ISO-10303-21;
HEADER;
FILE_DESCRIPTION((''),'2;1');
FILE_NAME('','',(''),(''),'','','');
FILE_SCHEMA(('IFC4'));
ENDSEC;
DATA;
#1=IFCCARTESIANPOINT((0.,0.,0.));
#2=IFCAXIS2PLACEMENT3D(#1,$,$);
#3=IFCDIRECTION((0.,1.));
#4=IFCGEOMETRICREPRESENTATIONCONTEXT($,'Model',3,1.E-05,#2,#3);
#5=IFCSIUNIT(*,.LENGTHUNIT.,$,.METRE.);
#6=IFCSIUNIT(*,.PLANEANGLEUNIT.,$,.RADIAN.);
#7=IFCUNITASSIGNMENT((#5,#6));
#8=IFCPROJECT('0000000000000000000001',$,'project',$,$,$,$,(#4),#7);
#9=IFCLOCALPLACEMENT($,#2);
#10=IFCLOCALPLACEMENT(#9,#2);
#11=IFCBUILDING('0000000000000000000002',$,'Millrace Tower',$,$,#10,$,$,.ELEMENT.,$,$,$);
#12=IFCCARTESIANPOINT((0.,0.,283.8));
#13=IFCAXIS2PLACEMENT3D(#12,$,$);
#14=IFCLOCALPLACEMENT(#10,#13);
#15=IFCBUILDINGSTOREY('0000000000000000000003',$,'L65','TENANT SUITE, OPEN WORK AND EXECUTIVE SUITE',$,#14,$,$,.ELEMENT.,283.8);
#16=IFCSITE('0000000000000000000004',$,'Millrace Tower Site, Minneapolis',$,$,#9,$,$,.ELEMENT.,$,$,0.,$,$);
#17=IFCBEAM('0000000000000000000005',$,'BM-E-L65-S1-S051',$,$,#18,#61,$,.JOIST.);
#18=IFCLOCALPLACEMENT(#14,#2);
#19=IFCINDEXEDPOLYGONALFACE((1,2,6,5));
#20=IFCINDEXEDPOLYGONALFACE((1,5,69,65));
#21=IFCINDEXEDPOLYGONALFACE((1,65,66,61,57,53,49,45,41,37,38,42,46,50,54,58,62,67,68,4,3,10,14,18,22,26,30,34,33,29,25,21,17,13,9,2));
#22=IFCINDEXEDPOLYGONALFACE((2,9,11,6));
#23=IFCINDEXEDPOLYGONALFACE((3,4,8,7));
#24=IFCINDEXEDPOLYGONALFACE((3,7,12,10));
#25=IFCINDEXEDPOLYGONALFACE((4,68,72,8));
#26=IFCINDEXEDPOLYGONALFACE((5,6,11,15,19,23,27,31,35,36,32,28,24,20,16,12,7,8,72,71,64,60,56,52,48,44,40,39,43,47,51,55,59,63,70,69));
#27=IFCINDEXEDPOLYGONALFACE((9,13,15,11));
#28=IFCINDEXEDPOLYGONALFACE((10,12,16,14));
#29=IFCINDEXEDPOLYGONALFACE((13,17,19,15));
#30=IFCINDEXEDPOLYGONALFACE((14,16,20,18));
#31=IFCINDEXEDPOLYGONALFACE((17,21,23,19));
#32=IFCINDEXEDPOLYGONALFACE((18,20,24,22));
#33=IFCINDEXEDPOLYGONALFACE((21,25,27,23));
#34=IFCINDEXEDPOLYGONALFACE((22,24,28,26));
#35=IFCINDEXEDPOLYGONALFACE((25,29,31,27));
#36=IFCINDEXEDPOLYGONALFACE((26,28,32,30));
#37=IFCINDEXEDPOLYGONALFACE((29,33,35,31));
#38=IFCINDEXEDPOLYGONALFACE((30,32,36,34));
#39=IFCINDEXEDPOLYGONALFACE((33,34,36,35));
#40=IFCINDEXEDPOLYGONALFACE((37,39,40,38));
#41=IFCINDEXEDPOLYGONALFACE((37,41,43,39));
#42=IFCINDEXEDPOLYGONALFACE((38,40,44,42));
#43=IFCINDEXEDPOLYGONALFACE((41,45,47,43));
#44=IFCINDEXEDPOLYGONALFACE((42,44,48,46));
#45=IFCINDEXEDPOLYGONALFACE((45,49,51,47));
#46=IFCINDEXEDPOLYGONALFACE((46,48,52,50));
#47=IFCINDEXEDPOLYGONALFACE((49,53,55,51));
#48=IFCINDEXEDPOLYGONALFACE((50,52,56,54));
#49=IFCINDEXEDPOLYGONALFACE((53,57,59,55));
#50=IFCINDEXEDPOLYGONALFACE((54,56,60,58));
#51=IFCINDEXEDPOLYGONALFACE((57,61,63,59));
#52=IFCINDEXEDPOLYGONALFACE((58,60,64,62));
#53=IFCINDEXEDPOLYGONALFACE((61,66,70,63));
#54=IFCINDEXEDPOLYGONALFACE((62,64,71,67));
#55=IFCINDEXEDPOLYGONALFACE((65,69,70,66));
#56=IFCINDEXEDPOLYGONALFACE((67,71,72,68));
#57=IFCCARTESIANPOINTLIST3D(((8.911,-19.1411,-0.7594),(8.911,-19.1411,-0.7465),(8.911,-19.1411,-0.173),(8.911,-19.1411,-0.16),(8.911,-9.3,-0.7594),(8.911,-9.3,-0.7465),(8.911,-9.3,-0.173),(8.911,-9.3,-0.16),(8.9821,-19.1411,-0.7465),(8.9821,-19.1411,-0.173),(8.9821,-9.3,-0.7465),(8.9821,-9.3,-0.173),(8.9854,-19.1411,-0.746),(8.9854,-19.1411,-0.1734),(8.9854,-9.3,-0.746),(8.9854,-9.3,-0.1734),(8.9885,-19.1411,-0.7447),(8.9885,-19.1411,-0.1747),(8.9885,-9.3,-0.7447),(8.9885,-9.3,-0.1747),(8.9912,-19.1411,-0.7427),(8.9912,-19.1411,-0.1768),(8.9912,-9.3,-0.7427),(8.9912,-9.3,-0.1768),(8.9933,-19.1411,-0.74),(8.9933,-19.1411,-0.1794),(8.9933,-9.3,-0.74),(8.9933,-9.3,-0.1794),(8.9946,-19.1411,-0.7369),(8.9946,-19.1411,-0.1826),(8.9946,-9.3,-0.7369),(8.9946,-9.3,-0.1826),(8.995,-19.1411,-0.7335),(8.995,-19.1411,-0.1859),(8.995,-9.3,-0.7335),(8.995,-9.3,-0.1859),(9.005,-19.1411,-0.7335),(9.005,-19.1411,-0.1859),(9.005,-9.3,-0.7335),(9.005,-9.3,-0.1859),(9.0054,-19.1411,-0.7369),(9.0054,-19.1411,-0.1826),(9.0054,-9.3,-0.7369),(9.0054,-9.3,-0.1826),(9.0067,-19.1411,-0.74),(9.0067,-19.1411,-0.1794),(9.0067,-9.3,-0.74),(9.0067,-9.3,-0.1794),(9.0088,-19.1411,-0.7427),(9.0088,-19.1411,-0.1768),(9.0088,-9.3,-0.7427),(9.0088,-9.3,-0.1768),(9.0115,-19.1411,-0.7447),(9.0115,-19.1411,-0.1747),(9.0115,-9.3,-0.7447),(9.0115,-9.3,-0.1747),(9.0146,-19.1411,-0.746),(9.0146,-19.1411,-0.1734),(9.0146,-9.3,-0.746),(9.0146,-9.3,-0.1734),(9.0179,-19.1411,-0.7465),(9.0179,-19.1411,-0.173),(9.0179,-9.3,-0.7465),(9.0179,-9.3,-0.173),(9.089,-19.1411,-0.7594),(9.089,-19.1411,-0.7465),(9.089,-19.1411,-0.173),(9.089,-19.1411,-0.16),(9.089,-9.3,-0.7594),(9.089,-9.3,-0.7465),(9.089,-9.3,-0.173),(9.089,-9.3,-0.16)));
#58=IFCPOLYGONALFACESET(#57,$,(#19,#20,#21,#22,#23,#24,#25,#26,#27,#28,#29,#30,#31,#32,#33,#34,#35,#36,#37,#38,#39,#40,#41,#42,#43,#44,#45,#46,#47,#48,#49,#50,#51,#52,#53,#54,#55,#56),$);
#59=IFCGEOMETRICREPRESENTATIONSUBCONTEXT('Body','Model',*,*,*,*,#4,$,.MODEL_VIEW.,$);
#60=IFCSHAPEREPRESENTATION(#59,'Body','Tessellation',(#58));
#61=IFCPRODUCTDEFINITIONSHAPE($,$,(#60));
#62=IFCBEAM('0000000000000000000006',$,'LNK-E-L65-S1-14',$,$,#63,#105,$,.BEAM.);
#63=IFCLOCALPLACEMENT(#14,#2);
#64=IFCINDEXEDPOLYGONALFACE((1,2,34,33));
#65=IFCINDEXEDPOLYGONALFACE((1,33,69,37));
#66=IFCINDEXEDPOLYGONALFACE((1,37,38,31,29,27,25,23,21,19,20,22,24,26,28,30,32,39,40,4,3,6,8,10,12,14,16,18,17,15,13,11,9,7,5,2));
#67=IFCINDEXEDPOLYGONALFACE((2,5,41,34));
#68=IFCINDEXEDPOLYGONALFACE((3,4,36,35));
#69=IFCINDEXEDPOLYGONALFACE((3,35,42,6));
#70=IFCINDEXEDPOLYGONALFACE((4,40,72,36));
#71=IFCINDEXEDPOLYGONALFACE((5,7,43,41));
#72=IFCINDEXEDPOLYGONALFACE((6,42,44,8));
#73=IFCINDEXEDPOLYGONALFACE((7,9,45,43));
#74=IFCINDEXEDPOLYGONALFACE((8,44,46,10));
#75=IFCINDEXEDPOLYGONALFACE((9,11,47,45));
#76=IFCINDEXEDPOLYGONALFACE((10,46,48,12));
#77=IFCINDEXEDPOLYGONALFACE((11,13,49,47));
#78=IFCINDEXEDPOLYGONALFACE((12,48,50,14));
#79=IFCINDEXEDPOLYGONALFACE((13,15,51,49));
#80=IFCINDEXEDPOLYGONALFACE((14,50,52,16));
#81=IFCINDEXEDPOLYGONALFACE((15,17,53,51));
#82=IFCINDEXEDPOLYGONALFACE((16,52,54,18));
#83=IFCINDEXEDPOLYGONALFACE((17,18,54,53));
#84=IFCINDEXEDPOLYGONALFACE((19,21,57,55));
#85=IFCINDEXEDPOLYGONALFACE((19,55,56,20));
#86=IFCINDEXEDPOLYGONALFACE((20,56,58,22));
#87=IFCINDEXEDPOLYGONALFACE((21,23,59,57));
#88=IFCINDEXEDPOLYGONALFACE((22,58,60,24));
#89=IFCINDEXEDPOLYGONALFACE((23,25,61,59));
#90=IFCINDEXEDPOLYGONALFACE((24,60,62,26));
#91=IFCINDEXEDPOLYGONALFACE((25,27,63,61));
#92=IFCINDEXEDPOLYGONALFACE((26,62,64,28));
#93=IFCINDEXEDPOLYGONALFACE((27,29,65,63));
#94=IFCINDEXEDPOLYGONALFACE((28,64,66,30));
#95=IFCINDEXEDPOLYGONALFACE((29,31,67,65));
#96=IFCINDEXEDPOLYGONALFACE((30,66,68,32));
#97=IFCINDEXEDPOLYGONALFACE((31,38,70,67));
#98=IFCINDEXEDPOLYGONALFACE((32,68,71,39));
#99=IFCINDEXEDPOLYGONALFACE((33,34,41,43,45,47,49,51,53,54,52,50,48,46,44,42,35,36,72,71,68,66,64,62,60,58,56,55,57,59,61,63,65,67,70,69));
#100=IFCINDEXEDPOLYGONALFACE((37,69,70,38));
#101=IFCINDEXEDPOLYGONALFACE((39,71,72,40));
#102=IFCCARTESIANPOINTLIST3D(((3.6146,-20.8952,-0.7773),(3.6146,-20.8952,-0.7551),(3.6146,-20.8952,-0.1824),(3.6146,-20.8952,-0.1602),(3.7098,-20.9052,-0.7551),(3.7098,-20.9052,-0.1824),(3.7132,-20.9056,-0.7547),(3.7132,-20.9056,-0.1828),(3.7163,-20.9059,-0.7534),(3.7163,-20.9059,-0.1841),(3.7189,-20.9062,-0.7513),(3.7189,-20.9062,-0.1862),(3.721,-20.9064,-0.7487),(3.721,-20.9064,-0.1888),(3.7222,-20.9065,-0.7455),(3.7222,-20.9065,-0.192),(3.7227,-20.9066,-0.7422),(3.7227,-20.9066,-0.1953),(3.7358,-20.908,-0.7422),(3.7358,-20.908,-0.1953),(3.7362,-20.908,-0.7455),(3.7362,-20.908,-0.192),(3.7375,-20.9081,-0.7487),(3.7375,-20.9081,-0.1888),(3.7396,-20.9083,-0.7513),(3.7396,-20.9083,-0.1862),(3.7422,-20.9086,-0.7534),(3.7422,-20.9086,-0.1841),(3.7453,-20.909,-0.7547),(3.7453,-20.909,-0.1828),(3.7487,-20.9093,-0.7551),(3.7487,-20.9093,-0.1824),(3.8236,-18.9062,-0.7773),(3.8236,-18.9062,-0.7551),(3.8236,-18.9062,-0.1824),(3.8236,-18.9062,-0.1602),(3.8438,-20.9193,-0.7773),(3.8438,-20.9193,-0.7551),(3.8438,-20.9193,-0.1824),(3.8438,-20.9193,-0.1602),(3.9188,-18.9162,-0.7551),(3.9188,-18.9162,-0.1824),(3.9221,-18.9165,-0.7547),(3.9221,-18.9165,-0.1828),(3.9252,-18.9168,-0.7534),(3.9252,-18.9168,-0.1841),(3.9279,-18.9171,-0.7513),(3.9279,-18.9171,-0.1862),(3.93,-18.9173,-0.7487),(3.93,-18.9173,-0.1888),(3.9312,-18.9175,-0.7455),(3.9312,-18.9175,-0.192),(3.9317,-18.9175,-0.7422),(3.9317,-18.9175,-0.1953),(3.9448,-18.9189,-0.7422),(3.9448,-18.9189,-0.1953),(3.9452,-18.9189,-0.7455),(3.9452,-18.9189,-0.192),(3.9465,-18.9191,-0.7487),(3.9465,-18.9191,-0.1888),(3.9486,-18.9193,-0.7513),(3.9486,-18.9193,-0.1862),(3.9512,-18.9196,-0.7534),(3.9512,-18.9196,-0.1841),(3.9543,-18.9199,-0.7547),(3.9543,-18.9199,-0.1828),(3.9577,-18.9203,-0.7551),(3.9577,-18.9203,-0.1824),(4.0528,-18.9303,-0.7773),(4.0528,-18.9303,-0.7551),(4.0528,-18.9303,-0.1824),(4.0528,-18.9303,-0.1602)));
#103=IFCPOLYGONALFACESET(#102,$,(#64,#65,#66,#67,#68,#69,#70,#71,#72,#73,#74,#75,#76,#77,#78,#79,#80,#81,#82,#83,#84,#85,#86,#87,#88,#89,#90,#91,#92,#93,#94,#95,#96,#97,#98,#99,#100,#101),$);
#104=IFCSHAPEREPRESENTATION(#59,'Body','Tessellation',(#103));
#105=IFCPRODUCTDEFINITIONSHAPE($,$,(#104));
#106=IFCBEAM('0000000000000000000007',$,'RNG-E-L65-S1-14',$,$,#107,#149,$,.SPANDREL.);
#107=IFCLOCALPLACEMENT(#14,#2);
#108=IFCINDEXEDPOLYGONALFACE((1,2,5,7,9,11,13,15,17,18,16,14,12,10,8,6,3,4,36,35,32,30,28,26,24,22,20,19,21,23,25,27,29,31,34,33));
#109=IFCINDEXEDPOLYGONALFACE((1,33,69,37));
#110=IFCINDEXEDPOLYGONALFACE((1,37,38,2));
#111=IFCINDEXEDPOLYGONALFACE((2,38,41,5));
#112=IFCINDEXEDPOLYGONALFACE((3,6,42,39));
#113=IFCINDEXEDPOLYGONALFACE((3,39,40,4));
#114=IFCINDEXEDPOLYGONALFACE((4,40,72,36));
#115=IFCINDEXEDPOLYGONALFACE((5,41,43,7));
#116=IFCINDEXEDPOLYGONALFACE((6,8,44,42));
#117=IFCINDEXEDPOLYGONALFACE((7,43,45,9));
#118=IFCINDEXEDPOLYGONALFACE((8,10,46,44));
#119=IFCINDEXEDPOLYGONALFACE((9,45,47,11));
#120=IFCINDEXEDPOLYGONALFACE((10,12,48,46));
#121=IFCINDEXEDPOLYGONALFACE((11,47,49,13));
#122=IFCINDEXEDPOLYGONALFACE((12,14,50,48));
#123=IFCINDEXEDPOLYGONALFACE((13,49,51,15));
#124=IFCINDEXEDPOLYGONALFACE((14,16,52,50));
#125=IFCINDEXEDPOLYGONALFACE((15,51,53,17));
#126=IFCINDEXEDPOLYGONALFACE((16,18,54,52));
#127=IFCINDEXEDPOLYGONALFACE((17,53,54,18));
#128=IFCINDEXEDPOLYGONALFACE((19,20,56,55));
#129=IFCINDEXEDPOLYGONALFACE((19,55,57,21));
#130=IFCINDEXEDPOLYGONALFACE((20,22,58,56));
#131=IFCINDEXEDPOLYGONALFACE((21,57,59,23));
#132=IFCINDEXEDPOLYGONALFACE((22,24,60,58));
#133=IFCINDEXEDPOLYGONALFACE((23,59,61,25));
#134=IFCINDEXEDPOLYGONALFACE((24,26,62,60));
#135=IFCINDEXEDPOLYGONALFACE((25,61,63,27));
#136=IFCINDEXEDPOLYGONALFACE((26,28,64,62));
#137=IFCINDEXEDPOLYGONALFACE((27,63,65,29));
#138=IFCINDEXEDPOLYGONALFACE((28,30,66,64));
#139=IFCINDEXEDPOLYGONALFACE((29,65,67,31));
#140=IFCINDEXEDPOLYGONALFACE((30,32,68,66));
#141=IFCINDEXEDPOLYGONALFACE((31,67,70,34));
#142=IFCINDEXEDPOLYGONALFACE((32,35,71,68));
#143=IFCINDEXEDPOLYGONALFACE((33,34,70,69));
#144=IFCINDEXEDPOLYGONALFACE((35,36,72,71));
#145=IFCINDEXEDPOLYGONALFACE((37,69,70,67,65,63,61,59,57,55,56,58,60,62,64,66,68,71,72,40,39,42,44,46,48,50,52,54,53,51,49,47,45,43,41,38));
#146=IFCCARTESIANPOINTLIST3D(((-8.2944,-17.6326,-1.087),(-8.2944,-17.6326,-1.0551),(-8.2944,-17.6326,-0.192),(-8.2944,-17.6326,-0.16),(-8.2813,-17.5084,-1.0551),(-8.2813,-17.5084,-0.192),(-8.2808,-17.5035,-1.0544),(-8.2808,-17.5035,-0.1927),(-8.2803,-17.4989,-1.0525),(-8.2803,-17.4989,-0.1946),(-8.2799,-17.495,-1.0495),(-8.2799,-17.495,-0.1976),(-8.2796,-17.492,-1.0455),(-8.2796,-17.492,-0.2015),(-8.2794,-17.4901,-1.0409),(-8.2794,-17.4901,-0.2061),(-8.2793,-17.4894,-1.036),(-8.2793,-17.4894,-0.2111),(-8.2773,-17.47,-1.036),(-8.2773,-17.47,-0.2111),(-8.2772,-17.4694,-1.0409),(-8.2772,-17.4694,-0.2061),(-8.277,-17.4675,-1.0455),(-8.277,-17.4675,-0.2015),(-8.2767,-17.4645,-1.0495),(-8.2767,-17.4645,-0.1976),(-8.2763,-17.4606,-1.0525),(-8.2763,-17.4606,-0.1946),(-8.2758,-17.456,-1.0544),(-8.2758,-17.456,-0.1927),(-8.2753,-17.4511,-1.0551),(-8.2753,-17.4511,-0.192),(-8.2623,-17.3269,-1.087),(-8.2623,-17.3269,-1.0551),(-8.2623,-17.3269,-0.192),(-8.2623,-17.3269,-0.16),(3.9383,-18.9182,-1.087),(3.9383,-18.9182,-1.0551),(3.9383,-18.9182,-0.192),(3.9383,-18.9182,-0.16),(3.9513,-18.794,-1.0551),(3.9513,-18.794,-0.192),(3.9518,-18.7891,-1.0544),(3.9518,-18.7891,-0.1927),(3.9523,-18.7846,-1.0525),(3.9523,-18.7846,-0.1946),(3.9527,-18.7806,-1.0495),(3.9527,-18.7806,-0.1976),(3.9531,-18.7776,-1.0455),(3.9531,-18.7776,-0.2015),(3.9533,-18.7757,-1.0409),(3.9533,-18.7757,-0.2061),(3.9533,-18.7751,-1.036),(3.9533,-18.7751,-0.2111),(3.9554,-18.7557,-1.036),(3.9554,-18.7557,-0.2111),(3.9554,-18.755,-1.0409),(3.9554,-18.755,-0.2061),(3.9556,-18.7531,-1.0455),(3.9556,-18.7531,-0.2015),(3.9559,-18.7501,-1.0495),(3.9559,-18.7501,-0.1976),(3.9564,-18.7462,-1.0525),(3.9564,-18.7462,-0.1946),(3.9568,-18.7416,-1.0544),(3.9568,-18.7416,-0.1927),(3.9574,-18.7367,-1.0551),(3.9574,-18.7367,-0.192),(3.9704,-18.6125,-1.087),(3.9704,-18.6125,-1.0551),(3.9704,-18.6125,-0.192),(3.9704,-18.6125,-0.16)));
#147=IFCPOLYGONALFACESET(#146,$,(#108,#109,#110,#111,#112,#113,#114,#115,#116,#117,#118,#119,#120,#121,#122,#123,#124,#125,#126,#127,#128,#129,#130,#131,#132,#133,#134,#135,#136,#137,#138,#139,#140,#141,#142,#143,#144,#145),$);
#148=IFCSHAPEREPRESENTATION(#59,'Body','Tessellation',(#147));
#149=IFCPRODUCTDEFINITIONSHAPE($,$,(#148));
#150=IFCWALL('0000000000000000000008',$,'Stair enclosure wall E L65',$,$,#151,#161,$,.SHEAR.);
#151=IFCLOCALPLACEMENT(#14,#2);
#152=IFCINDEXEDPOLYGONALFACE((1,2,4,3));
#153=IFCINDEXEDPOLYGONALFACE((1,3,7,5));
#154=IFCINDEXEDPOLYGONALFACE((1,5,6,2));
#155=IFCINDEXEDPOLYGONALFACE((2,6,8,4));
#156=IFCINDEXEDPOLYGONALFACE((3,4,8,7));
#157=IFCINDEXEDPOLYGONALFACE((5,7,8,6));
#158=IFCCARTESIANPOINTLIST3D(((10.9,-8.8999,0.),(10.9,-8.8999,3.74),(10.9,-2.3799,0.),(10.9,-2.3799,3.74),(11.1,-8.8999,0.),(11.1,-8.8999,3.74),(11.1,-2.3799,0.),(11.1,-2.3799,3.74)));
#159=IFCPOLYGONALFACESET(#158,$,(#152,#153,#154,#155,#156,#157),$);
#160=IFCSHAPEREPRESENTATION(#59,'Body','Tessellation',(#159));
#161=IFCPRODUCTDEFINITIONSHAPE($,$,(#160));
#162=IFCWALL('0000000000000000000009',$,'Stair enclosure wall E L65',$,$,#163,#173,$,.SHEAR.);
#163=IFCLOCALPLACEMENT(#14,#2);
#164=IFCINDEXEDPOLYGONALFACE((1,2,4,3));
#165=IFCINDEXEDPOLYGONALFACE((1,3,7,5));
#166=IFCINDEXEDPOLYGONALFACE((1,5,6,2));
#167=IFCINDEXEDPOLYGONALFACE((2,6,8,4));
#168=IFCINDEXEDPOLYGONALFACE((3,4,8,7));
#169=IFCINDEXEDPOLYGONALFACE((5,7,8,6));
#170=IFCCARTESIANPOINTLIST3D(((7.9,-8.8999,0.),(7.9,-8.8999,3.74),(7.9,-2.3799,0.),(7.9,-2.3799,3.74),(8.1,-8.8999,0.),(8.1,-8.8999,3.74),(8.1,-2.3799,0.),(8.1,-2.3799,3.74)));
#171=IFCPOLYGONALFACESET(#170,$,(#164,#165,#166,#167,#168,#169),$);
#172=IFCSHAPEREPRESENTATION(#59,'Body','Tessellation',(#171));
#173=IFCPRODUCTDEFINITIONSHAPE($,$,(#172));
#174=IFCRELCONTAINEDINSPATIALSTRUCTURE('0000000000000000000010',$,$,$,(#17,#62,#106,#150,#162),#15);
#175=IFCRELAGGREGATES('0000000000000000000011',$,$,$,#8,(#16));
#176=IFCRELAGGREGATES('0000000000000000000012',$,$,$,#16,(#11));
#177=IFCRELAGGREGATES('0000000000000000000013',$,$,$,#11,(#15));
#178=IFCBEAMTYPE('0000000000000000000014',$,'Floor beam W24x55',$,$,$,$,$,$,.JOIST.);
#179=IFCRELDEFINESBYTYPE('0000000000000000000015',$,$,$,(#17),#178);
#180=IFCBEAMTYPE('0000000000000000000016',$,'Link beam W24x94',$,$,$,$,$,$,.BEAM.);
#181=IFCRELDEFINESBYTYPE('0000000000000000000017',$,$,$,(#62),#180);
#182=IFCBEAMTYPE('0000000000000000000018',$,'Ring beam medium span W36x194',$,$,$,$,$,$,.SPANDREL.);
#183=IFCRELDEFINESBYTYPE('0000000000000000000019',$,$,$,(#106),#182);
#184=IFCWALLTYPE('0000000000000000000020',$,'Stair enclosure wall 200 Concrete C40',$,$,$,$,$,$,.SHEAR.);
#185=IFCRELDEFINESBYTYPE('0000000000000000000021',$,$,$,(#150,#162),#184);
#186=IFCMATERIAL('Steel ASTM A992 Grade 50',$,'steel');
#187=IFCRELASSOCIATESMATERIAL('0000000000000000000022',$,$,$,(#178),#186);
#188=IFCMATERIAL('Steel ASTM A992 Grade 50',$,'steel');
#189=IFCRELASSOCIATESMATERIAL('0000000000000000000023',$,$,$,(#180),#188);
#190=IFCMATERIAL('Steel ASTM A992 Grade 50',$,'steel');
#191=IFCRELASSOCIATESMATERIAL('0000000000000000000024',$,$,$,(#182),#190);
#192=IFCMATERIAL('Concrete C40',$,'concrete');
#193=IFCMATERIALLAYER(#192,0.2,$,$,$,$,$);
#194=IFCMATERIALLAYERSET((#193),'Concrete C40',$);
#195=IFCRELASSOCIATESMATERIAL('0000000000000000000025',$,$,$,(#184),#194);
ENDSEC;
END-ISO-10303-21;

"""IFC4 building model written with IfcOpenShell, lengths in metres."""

from ifc_helpers import new_model, si_unit, direction, frame, frame_2d, origin, origin_2d, place, context, subcontext, project, spatial, rectangle, i_section, extrude, material, layer, layer_set, material_profile, profile_set, type_object, element, save


model = new_model("IFC4")

# Units and contexts
model_context = context("Model", 3, precision=1e-05, world=origin(), true_north=direction((0.0, 1.0)))
body_context = subcontext(model_context, "Body", "Model", "MODEL_VIEW")
ifc_project = project(units=[si_unit("LENGTHUNIT", "METRE"), si_unit("PLANEANGLEUNIT", "RADIAN")], contexts=[model_context])

# Site, building, storey
site_placement = place(None, origin())
site = spatial("IfcSite", under=ifc_project, at=site_placement, Name="Millrace Tower Site, Minneapolis", CompositionType="ELEMENT", RefElevation=0.0)
building_placement = place(site_placement, origin())
building = spatial("IfcBuilding", under=site, at=building_placement, Name="Millrace Tower", CompositionType="ELEMENT")
storey_placement = place(building_placement, frame((0.0, 0.0, 283.8)))
storey = spatial("IfcBuildingStorey", under=building, at=storey_placement, Name="L65", Description="TENANT SUITE, OPEN WORK AND EXECUTIVE SUITE", CompositionType="ELEMENT", Elevation=283.8)

# Beams
ifc_material_1 = material(Name="Steel ASTM A992 Grade 50", Category="steel")
ifc_material_profile_1 = material_profile(ifc_material_1, i_section(OverallWidth=0.178, OverallDepth=0.5994, WebThickness=0.01, FlangeThickness=0.0129, FilletRadius=0.0129, at=origin_2d()))
ifc_profile_set_1 = profile_set([ifc_material_profile_1], Name="Steel ASTM A992 Grade 50")
beam_type_1 = type_object("IfcBeamType", Name="Floor beam W24x55", PredefinedType="JOIST", material=ifc_profile_set_1)
beam_1_placement = place(storey_placement, frame((9.0, -19.1411, -0.4597), z_axis=(0.0, 1.0, 0.0), x_axis=(-1.0, 0.0, 0.0)))
element("IfcBeam", 1, at=beam_1_placement, inside=storey, type_object=beam_type_1, Name="BM-E-L65-S1-S051", PredefinedType="JOIST", context=body_context, shape_type="SweptSolid", body=[
    extrude(i_section(OverallWidth=0.178, OverallDepth=0.5994, WebThickness=0.01, FlangeThickness=0.0129, FilletRadius=0.0129, at=origin_2d()), origin(), (0.0, 0.0, 1.0), 9.8411),
])
ifc_material_2 = material(Name="Steel ASTM A992 Grade 50", Category="steel")
ifc_material_profile_2 = material_profile(ifc_material_2, i_section(OverallWidth=0.2305, OverallDepth=0.6172, WebThickness=0.0132, FlangeThickness=0.0222, FilletRadius=0.0129, at=origin_2d()))
ifc_profile_set_2 = profile_set([ifc_material_profile_2], Name="Steel ASTM A992 Grade 50")
beam_type_2 = type_object("IfcBeamType", Name="Link beam W24x94", PredefinedType="BEAM", material=ifc_profile_set_2)
beam_2_placement = place(storey_placement, frame((3.9382, -18.9182, -0.4688), z_axis=(-0.104494, -0.994526, 0.0), x_axis=(0.994526, -0.104494, 0.0)))
element("IfcBeam", 2, at=beam_2_placement, inside=storey, type_object=beam_type_2, Name="LNK-E-L65-S1-14", PredefinedType="BEAM", context=body_context, shape_type="SweptSolid", body=[
    extrude(i_section(OverallWidth=0.2305, OverallDepth=0.6172, WebThickness=0.0132, FlangeThickness=0.0222, FilletRadius=0.0129, at=origin_2d()), origin(), (0.0, 0.0, 1.0), 2.0),
])
ifc_material_3 = material(Name="Steel ASTM A992 Grade 50", Category="steel")
ifc_material_profile_3 = material_profile(ifc_material_3, i_section(OverallWidth=0.3074, OverallDepth=0.927, WebThickness=0.0195, FlangeThickness=0.032, FilletRadius=0.019, at=origin_2d()))
ifc_profile_set_3 = profile_set([ifc_material_profile_3], Name="Steel ASTM A992 Grade 50")
beam_type_3 = type_object("IfcBeamType", Name="Ring beam medium span W36x194", PredefinedType="SPANDREL", material=ifc_profile_set_3)
beam_3_placement = place(storey_placement, frame((3.9543, -18.7654, -0.6235), z_axis=(-0.994522, 0.104524, 0.0), x_axis=(-0.104524, -0.994522, 0.0)))
element("IfcBeam", 3, at=beam_3_placement, inside=storey, type_object=beam_type_3, Name="RNG-E-L65-S1-14", PredefinedType="SPANDREL", context=body_context, shape_type="SweptSolid", body=[
    extrude(i_section(OverallWidth=0.3074, OverallDepth=0.927, WebThickness=0.0195, FlangeThickness=0.032, FilletRadius=0.019, at=origin_2d()), origin(), (0.0, 0.0, 1.0), 12.3),
])

# Walls
ifc_material_4 = material(Name="Concrete C40", Category="concrete")
ifc_layer_1 = layer(ifc_material_4, 0.2)
ifc_layer_set_1 = layer_set([ifc_layer_1], Name="Concrete C40")
wall_type = type_object("IfcWallType", Name="Stair enclosure wall 200 Concrete C40", PredefinedType="SHEAR", material=ifc_layer_set_1)
for number, where, z_axis, x_axis, name in (
    (4, (11.0, -2.3799, 0.0), (0.0, 0.0, 1.0), (0.0, -1.0, 0.0), "Stair enclosure wall E L65"),
    (5, (8.0, -2.3799, 0.0), (0.0, 0.0, 1.0), (0.0, -1.0, 0.0), "Stair enclosure wall E L65"),
):
    element("IfcWall", number, at=place(storey_placement, frame(where, z_axis=z_axis, x_axis=x_axis)), inside=storey, type_object=wall_type, Name=name, PredefinedType="SHEAR", context=body_context, shape_type="SweptSolid", body=[
        extrude(rectangle(XDim=6.52, YDim=0.2, at=frame_2d((3.26, 0.0))), origin(), (0.0, 0.0, 1.0), 3.74),
    ])

save(model, "model.ifc")
